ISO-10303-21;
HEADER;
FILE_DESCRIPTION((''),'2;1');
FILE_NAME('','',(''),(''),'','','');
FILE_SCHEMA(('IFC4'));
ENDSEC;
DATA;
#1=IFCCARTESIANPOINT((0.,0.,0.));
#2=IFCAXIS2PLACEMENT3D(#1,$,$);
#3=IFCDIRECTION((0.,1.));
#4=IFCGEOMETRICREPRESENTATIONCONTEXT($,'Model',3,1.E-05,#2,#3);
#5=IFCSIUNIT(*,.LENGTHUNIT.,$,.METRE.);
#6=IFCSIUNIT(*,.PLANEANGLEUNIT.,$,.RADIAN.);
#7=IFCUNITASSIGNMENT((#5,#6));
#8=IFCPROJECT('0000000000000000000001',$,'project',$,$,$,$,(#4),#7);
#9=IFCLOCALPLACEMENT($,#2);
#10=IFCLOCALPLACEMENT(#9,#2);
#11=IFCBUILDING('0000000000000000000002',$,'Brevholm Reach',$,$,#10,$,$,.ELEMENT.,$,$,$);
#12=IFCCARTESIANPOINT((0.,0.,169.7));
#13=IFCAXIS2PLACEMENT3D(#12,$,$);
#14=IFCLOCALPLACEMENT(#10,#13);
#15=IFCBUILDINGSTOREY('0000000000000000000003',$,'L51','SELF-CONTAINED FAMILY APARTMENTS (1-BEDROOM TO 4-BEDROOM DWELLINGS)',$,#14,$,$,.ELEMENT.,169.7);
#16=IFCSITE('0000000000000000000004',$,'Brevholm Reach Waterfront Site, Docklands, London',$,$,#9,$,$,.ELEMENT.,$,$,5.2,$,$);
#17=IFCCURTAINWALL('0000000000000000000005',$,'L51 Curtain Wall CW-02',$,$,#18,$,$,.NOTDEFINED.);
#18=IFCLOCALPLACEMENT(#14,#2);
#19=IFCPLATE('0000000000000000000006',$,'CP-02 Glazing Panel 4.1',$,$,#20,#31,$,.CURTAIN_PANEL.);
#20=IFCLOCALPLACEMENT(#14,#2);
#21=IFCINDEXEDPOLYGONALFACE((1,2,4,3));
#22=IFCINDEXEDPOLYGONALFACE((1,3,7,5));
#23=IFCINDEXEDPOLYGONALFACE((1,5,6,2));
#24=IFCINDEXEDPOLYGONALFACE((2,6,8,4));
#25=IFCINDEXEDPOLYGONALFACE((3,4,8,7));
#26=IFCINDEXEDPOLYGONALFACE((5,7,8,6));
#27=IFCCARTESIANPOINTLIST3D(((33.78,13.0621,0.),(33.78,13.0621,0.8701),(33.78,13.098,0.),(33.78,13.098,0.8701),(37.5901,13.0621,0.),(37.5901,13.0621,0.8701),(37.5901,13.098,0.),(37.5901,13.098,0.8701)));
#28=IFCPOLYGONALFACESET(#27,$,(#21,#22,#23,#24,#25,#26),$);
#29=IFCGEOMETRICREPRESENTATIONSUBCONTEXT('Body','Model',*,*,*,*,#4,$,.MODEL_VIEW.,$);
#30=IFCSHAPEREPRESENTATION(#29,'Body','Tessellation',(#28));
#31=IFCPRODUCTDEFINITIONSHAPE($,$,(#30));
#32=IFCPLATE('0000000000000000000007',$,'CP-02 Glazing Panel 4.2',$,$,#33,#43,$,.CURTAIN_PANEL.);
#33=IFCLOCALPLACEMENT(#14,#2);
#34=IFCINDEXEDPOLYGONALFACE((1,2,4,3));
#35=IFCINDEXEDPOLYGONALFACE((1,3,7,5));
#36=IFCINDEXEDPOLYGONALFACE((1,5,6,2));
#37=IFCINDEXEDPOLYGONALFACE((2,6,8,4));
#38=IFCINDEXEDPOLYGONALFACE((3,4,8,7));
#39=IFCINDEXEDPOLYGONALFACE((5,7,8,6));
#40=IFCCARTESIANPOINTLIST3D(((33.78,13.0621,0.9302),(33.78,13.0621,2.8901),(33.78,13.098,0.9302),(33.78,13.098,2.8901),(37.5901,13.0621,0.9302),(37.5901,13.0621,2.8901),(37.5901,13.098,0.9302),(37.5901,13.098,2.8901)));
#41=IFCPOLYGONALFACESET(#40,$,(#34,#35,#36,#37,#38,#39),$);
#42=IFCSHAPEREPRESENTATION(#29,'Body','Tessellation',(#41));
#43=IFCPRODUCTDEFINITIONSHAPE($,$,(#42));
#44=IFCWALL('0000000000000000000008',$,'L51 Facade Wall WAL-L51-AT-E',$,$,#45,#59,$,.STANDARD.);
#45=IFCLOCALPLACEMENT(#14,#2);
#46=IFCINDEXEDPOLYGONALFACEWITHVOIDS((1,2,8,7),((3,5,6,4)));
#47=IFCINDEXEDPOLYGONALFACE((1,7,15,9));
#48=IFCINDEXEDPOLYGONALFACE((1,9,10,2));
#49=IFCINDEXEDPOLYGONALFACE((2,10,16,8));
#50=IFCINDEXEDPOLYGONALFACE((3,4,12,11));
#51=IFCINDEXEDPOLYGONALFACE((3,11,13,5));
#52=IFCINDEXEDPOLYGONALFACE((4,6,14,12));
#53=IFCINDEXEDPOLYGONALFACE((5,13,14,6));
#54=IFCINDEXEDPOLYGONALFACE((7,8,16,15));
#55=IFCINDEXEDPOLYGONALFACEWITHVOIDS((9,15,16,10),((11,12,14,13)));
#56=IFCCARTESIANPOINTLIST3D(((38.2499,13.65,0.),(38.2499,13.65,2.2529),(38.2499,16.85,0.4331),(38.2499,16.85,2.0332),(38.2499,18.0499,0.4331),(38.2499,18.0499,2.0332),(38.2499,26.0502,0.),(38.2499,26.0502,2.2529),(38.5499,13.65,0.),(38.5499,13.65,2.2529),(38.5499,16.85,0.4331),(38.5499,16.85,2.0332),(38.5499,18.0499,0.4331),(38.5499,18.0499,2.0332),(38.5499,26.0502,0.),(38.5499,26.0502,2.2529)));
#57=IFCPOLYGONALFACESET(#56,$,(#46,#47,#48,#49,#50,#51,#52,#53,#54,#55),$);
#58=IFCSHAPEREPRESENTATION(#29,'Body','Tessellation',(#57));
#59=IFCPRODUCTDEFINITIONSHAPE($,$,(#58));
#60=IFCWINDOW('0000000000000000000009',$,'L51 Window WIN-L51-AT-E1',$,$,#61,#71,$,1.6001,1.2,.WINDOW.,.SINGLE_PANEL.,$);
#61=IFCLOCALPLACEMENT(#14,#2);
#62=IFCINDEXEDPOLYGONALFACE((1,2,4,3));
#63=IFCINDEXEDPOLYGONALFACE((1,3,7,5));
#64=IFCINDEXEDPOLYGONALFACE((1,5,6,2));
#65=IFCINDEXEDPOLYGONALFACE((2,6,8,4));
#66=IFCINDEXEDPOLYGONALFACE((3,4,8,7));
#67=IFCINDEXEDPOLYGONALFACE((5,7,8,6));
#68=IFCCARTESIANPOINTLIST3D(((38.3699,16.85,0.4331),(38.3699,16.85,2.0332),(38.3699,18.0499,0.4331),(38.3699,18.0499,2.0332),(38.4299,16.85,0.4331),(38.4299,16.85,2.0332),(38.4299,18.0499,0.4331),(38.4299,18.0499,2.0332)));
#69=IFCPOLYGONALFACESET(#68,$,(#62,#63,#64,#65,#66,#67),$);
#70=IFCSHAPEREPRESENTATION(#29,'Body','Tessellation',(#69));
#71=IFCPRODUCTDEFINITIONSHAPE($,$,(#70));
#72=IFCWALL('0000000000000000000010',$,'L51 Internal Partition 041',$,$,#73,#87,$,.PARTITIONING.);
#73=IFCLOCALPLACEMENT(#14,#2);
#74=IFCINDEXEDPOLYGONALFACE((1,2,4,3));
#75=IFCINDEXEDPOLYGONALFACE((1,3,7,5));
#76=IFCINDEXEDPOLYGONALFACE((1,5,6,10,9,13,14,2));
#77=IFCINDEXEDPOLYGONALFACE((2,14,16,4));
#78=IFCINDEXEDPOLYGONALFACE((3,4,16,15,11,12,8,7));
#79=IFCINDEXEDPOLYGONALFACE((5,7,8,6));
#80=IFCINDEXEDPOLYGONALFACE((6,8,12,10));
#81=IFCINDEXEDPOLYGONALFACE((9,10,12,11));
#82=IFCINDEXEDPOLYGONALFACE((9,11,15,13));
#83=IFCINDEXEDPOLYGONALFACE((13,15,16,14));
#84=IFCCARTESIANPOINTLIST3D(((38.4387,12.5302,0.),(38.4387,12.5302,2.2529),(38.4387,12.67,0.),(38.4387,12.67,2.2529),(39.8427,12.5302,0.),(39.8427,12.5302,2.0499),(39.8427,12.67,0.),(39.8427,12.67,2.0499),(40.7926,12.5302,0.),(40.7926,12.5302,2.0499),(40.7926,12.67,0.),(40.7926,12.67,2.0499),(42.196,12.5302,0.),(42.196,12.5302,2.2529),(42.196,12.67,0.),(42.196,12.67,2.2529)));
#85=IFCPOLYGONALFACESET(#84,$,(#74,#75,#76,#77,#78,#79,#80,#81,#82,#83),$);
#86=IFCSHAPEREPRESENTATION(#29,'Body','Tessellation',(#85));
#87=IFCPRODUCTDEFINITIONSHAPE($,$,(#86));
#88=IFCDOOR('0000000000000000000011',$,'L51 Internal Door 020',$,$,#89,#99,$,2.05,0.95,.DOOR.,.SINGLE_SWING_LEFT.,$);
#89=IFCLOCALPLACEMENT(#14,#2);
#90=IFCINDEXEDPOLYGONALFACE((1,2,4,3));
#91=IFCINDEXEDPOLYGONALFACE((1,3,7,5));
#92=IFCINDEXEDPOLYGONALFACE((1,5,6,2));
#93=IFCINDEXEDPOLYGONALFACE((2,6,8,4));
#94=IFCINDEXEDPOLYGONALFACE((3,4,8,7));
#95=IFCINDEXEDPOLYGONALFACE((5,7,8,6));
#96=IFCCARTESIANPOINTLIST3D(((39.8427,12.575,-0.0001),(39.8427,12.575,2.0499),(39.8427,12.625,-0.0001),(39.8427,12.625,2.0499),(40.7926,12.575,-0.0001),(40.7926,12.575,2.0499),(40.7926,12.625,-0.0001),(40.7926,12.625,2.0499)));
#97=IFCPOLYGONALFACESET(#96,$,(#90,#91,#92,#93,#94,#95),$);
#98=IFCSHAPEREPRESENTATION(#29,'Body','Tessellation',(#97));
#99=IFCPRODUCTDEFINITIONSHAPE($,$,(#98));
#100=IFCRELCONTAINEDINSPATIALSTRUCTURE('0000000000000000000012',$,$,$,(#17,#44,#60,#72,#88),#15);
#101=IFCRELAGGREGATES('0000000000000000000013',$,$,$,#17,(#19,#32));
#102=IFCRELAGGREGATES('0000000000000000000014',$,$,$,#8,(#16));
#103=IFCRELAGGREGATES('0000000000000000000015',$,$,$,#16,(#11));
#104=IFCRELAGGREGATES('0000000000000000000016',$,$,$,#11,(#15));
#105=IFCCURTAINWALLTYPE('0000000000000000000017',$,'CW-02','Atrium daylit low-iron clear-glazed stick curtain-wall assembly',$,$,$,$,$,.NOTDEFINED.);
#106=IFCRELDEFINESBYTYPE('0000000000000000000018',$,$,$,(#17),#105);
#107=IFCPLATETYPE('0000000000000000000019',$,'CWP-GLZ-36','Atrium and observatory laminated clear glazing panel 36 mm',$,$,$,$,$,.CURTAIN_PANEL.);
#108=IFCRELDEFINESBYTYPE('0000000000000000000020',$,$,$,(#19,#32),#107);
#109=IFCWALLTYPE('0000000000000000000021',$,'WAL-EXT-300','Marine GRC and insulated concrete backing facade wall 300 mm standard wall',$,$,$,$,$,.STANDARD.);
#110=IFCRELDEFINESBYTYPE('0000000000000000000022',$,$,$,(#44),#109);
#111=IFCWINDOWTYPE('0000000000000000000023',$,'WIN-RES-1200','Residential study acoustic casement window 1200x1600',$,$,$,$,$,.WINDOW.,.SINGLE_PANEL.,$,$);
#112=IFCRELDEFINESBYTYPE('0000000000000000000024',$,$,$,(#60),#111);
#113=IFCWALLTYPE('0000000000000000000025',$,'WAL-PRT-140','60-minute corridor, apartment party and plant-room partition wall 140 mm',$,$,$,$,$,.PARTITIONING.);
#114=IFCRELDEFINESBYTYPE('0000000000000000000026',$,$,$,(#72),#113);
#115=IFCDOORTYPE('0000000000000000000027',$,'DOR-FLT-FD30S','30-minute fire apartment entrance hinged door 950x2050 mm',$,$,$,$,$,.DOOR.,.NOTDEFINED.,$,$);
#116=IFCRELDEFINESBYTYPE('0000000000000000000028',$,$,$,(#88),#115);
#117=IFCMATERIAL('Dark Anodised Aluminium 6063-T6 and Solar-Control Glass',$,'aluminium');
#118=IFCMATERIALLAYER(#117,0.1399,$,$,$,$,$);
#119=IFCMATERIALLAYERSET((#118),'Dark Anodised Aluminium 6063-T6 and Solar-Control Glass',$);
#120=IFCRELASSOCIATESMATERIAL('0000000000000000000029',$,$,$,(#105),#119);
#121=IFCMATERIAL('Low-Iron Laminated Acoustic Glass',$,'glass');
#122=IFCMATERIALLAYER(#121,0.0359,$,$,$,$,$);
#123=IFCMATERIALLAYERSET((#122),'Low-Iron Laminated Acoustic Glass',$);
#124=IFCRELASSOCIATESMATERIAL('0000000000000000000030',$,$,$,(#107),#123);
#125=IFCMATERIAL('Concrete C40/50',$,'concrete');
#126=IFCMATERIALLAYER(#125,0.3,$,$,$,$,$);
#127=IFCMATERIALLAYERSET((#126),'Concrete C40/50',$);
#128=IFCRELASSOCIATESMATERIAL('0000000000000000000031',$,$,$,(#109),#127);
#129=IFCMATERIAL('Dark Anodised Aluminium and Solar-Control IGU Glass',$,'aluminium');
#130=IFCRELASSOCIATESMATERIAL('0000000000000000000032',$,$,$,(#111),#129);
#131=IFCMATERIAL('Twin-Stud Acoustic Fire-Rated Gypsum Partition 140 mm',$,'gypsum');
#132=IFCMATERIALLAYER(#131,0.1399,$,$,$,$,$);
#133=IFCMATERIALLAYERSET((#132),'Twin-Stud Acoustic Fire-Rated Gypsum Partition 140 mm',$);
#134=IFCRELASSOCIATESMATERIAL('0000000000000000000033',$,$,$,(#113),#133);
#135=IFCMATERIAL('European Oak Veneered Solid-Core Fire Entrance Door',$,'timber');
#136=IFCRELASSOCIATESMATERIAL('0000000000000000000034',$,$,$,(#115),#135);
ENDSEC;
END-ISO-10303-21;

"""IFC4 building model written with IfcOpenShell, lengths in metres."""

from ifc_helpers import new_model, si_unit, direction, frame, frame_2d, origin, origin_2d, place, context, subcontext, project, spatial, rectangle, extrude, material, layer, layer_set, type_object, element, fill, aggregate, save


model = new_model("IFC4")

# Units and contexts
model_context = context("Model", 3, precision=1e-05, world=origin(), true_north=direction((0.0, 1.0)))
body_context = subcontext(model_context, "Body", "Model", "MODEL_VIEW")
ifc_project = project(units=[si_unit("LENGTHUNIT", "METRE"), si_unit("PLANEANGLEUNIT", "RADIAN")], contexts=[model_context])

# Site, building, storey
site_placement = place(None, origin())
site = spatial("IfcSite", under=ifc_project, at=site_placement, Name="Brevholm Reach Waterfront Site, Docklands, London", CompositionType="ELEMENT", RefElevation=5.2)
building_placement = place(site_placement, origin())
building = spatial("IfcBuilding", under=site, at=building_placement, Name="Brevholm Reach", CompositionType="ELEMENT")
storey_placement = place(building_placement, frame((0.0, 0.0, 169.7)))
storey = spatial("IfcBuildingStorey", under=building, at=storey_placement, Name="L51", Description="SELF-CONTAINED FAMILY APARTMENTS (1-BEDROOM TO 4-BEDROOM DWELLINGS)", CompositionType="ELEMENT", Elevation=169.7)

# Curtain wall, plates
ifc_material_1 = material(Name="Dark Anodised Aluminium 6063-T6 and Solar-Control Glass", Category="aluminium")
ifc_layer_1 = layer(ifc_material_1, 0.1399)
ifc_layer_set_1 = layer_set([ifc_layer_1], Name="Dark Anodised Aluminium 6063-T6 and Solar-Control Glass")
curtain_wall_type = type_object("IfcCurtainWallType", Name="CW-02", Description="Atrium daylit low-iron clear-glazed stick curtain-wall assembly", PredefinedType="NOTDEFINED", material=ifc_layer_set_1)
curtain_wall_placement = place(storey_placement, origin())
curtain_wall = element("IfcCurtainWall", 1, at=curtain_wall_placement, inside=storey, type_object=curtain_wall_type, Name="L51 Curtain Wall CW-02", PredefinedType="NOTDEFINED")
ifc_material_2 = material(Name="Low-Iron Laminated Acoustic Glass", Category="glass")
ifc_layer_2 = layer(ifc_material_2, 0.0359)
ifc_layer_set_2 = layer_set([ifc_layer_2], Name="Low-Iron Laminated Acoustic Glass")
plate_type = type_object("IfcPlateType", Name="CWP-GLZ-36", Description="Atrium and observatory laminated clear glazing panel 36 mm", PredefinedType="CURTAIN_PANEL", material=ifc_layer_set_2)
plate_1_placement = place(storey_placement, frame((35.6851, 13.0801, 0.0), z_axis=(0.0, 0.0, 1.0), x_axis=(1.0, 0.0, 0.0)))
plate_1 = element("IfcPlate", 2, at=plate_1_placement, type_object=plate_type, Name="CP-02 Glazing Panel 4.1", PredefinedType="CURTAIN_PANEL", context=body_context, shape_type="SweptSolid", body=[
    extrude(rectangle(XDim=3.8101, YDim=0.0359, at=origin_2d()), origin(), (0.0, 0.0, 1.0), 0.8701),
])
plate_2_placement = place(storey_placement, frame((35.6851, 13.0801, 0.9302), z_axis=(0.0, 0.0, 1.0), x_axis=(1.0, 0.0, 0.0)))
plate_2 = element("IfcPlate", 3, at=plate_2_placement, type_object=plate_type, Name="CP-02 Glazing Panel 4.2", PredefinedType="CURTAIN_PANEL", context=body_context, shape_type="SweptSolid", body=[
    extrude(rectangle(XDim=3.8101, YDim=0.0359, at=origin_2d()), origin(), (0.0, 0.0, 1.0), 1.96),
])
aggregate(curtain_wall, [plate_1, plate_2])

# Wall, opening, window
ifc_material_3 = material(Name="Concrete C40/50", Category="concrete")
ifc_layer_3 = layer(ifc_material_3, 0.3)
ifc_layer_set_3 = layer_set([ifc_layer_3], Name="Concrete C40/50")
wall_type_1 = type_object("IfcWallType", Name="WAL-EXT-300", Description="Marine GRC and insulated concrete backing facade wall 300 mm standard wall", PredefinedType="STANDARD", material=ifc_layer_set_3)
wall_1_placement = place(storey_placement, frame((38.3999, 13.6499, 0.0), z_axis=(0.0, 0.0, 1.0), x_axis=(0.0, 1.0, 0.0)))
wall_1 = element("IfcWall", 4, at=wall_1_placement, inside=storey, type_object=wall_type_1, Name="L51 Facade Wall WAL-L51-AT-E", PredefinedType="STANDARD", context=body_context, shape_type="SweptSolid", body=[
    extrude(rectangle(XDim=12.4001, YDim=0.3, at=frame_2d((6.2002, 0.0))), origin(), (0.0, 0.0, 1.0), 2.2529),
])
opening_1_placement = place(wall_1_placement, frame((3.2, 0.0, 0.4331)))
opening_1 = element("IfcOpeningElement", 5, at=opening_1_placement, cuts=wall_1, PredefinedType="OPENING", context=body_context, shape_type="SweptSolid", body=[
    extrude(rectangle(XDim=1.2, YDim=1.6001, at=frame_2d((0.6001, 0.8))), frame((0.0, 0.1599, 0.0), z_axis=(0.0, -1.0, 0.0), x_axis=(1.0, 0.0, 0.0)), (0.0, 0.0, 1.0), 0.3201),
])
ifc_material_4 = material(Name="Dark Anodised Aluminium and Solar-Control IGU Glass", Category="aluminium")
window_type = type_object("IfcWindowType", Name="WIN-RES-1200", Description="Residential study acoustic casement window 1200x1600", PartitioningType="SINGLE_PANEL", PredefinedType="WINDOW", material=ifc_material_4)
window_placement = place(opening_1_placement, origin())
window = element("IfcWindow", 6, at=window_placement, inside=storey, type_object=window_type, Name="L51 Window WIN-L51-AT-E1", OverallHeight=1.6001, OverallWidth=1.2, PartitioningType="SINGLE_PANEL", PredefinedType="WINDOW", context=body_context, shape_type="SweptSolid", body=[
    extrude(rectangle(XDim=1.2, YDim=1.6001, at=frame_2d((0.6001, 0.8))), frame((0.0, 0.03, 0.0), z_axis=(0.0, -1.0, 0.0), x_axis=(1.0, 0.0, 0.0)), (0.0, 0.0, 1.0), 0.0601),
])
fill(opening_1, window)

# Wall, opening, door
ifc_material_5 = material(Name="Twin-Stud Acoustic Fire-Rated Gypsum Partition 140 mm", Category="gypsum")
ifc_layer_4 = layer(ifc_material_5, 0.1399)
ifc_layer_set_4 = layer_set([ifc_layer_4], Name="Twin-Stud Acoustic Fire-Rated Gypsum Partition 140 mm")
wall_type_2 = type_object("IfcWallType", Name="WAL-PRT-140", Description="60-minute corridor, apartment party and plant-room partition wall 140 mm", PredefinedType="PARTITIONING", material=ifc_layer_set_4)
wall_2_placement = place(storey_placement, frame((38.4387, 12.6001, 0.0), z_axis=(0.0, 0.0, 1.0), x_axis=(1.0, 0.0, 0.0)))
wall_2 = element("IfcWall", 7, at=wall_2_placement, inside=storey, type_object=wall_type_2, Name="L51 Internal Partition 041", PredefinedType="PARTITIONING", context=body_context, shape_type="SweptSolid", body=[
    extrude(rectangle(XDim=3.7573, YDim=0.1399, at=frame_2d((1.8787, 0.0))), origin(), (0.0, 0.0, 1.0), 2.2529),
])
opening_2_placement = place(wall_2_placement, frame((1.4038, 0.0, 0.0)))
opening_2 = element("IfcOpeningElement", 8, at=opening_2_placement, cuts=wall_2, PredefinedType="OPENING", context=body_context, shape_type="SweptSolid", body=[
    extrude(rectangle(XDim=0.95, YDim=2.05, at=frame_2d((0.4751, 1.0249))), frame((0.0, 0.0798, 0.0), z_axis=(0.0, -1.0, 0.0), x_axis=(1.0, 0.0, 0.0)), (0.0, 0.0, 1.0), 0.1599),
])
ifc_material_6 = material(Name="European Oak Veneered Solid-Core Fire Entrance Door", Category="timber")
door_type = type_object("IfcDoorType", Name="DOR-FLT-FD30S", Description="30-minute fire apartment entrance hinged door 950x2050 mm", OperationType="NOTDEFINED", PredefinedType="DOOR", material=ifc_material_6)
door_placement = place(opening_2_placement, origin())
door = element("IfcDoor", 9, at=door_placement, inside=storey, type_object=door_type, Name="L51 Internal Door 020", OperationType="SINGLE_SWING_LEFT", OverallHeight=2.05, OverallWidth=0.95, PredefinedType="DOOR", context=body_context, shape_type="SweptSolid", body=[
    extrude(rectangle(XDim=0.95, YDim=2.05, at=frame_2d((0.4751, 1.0249))), frame((0.0, 0.0249, 0.0), z_axis=(0.0, -1.0, 0.0), x_axis=(1.0, 0.0, 0.0)), (0.0, 0.0, 1.0), 0.05),
])
fill(opening_2, door)

save(model, "model.ifc")
